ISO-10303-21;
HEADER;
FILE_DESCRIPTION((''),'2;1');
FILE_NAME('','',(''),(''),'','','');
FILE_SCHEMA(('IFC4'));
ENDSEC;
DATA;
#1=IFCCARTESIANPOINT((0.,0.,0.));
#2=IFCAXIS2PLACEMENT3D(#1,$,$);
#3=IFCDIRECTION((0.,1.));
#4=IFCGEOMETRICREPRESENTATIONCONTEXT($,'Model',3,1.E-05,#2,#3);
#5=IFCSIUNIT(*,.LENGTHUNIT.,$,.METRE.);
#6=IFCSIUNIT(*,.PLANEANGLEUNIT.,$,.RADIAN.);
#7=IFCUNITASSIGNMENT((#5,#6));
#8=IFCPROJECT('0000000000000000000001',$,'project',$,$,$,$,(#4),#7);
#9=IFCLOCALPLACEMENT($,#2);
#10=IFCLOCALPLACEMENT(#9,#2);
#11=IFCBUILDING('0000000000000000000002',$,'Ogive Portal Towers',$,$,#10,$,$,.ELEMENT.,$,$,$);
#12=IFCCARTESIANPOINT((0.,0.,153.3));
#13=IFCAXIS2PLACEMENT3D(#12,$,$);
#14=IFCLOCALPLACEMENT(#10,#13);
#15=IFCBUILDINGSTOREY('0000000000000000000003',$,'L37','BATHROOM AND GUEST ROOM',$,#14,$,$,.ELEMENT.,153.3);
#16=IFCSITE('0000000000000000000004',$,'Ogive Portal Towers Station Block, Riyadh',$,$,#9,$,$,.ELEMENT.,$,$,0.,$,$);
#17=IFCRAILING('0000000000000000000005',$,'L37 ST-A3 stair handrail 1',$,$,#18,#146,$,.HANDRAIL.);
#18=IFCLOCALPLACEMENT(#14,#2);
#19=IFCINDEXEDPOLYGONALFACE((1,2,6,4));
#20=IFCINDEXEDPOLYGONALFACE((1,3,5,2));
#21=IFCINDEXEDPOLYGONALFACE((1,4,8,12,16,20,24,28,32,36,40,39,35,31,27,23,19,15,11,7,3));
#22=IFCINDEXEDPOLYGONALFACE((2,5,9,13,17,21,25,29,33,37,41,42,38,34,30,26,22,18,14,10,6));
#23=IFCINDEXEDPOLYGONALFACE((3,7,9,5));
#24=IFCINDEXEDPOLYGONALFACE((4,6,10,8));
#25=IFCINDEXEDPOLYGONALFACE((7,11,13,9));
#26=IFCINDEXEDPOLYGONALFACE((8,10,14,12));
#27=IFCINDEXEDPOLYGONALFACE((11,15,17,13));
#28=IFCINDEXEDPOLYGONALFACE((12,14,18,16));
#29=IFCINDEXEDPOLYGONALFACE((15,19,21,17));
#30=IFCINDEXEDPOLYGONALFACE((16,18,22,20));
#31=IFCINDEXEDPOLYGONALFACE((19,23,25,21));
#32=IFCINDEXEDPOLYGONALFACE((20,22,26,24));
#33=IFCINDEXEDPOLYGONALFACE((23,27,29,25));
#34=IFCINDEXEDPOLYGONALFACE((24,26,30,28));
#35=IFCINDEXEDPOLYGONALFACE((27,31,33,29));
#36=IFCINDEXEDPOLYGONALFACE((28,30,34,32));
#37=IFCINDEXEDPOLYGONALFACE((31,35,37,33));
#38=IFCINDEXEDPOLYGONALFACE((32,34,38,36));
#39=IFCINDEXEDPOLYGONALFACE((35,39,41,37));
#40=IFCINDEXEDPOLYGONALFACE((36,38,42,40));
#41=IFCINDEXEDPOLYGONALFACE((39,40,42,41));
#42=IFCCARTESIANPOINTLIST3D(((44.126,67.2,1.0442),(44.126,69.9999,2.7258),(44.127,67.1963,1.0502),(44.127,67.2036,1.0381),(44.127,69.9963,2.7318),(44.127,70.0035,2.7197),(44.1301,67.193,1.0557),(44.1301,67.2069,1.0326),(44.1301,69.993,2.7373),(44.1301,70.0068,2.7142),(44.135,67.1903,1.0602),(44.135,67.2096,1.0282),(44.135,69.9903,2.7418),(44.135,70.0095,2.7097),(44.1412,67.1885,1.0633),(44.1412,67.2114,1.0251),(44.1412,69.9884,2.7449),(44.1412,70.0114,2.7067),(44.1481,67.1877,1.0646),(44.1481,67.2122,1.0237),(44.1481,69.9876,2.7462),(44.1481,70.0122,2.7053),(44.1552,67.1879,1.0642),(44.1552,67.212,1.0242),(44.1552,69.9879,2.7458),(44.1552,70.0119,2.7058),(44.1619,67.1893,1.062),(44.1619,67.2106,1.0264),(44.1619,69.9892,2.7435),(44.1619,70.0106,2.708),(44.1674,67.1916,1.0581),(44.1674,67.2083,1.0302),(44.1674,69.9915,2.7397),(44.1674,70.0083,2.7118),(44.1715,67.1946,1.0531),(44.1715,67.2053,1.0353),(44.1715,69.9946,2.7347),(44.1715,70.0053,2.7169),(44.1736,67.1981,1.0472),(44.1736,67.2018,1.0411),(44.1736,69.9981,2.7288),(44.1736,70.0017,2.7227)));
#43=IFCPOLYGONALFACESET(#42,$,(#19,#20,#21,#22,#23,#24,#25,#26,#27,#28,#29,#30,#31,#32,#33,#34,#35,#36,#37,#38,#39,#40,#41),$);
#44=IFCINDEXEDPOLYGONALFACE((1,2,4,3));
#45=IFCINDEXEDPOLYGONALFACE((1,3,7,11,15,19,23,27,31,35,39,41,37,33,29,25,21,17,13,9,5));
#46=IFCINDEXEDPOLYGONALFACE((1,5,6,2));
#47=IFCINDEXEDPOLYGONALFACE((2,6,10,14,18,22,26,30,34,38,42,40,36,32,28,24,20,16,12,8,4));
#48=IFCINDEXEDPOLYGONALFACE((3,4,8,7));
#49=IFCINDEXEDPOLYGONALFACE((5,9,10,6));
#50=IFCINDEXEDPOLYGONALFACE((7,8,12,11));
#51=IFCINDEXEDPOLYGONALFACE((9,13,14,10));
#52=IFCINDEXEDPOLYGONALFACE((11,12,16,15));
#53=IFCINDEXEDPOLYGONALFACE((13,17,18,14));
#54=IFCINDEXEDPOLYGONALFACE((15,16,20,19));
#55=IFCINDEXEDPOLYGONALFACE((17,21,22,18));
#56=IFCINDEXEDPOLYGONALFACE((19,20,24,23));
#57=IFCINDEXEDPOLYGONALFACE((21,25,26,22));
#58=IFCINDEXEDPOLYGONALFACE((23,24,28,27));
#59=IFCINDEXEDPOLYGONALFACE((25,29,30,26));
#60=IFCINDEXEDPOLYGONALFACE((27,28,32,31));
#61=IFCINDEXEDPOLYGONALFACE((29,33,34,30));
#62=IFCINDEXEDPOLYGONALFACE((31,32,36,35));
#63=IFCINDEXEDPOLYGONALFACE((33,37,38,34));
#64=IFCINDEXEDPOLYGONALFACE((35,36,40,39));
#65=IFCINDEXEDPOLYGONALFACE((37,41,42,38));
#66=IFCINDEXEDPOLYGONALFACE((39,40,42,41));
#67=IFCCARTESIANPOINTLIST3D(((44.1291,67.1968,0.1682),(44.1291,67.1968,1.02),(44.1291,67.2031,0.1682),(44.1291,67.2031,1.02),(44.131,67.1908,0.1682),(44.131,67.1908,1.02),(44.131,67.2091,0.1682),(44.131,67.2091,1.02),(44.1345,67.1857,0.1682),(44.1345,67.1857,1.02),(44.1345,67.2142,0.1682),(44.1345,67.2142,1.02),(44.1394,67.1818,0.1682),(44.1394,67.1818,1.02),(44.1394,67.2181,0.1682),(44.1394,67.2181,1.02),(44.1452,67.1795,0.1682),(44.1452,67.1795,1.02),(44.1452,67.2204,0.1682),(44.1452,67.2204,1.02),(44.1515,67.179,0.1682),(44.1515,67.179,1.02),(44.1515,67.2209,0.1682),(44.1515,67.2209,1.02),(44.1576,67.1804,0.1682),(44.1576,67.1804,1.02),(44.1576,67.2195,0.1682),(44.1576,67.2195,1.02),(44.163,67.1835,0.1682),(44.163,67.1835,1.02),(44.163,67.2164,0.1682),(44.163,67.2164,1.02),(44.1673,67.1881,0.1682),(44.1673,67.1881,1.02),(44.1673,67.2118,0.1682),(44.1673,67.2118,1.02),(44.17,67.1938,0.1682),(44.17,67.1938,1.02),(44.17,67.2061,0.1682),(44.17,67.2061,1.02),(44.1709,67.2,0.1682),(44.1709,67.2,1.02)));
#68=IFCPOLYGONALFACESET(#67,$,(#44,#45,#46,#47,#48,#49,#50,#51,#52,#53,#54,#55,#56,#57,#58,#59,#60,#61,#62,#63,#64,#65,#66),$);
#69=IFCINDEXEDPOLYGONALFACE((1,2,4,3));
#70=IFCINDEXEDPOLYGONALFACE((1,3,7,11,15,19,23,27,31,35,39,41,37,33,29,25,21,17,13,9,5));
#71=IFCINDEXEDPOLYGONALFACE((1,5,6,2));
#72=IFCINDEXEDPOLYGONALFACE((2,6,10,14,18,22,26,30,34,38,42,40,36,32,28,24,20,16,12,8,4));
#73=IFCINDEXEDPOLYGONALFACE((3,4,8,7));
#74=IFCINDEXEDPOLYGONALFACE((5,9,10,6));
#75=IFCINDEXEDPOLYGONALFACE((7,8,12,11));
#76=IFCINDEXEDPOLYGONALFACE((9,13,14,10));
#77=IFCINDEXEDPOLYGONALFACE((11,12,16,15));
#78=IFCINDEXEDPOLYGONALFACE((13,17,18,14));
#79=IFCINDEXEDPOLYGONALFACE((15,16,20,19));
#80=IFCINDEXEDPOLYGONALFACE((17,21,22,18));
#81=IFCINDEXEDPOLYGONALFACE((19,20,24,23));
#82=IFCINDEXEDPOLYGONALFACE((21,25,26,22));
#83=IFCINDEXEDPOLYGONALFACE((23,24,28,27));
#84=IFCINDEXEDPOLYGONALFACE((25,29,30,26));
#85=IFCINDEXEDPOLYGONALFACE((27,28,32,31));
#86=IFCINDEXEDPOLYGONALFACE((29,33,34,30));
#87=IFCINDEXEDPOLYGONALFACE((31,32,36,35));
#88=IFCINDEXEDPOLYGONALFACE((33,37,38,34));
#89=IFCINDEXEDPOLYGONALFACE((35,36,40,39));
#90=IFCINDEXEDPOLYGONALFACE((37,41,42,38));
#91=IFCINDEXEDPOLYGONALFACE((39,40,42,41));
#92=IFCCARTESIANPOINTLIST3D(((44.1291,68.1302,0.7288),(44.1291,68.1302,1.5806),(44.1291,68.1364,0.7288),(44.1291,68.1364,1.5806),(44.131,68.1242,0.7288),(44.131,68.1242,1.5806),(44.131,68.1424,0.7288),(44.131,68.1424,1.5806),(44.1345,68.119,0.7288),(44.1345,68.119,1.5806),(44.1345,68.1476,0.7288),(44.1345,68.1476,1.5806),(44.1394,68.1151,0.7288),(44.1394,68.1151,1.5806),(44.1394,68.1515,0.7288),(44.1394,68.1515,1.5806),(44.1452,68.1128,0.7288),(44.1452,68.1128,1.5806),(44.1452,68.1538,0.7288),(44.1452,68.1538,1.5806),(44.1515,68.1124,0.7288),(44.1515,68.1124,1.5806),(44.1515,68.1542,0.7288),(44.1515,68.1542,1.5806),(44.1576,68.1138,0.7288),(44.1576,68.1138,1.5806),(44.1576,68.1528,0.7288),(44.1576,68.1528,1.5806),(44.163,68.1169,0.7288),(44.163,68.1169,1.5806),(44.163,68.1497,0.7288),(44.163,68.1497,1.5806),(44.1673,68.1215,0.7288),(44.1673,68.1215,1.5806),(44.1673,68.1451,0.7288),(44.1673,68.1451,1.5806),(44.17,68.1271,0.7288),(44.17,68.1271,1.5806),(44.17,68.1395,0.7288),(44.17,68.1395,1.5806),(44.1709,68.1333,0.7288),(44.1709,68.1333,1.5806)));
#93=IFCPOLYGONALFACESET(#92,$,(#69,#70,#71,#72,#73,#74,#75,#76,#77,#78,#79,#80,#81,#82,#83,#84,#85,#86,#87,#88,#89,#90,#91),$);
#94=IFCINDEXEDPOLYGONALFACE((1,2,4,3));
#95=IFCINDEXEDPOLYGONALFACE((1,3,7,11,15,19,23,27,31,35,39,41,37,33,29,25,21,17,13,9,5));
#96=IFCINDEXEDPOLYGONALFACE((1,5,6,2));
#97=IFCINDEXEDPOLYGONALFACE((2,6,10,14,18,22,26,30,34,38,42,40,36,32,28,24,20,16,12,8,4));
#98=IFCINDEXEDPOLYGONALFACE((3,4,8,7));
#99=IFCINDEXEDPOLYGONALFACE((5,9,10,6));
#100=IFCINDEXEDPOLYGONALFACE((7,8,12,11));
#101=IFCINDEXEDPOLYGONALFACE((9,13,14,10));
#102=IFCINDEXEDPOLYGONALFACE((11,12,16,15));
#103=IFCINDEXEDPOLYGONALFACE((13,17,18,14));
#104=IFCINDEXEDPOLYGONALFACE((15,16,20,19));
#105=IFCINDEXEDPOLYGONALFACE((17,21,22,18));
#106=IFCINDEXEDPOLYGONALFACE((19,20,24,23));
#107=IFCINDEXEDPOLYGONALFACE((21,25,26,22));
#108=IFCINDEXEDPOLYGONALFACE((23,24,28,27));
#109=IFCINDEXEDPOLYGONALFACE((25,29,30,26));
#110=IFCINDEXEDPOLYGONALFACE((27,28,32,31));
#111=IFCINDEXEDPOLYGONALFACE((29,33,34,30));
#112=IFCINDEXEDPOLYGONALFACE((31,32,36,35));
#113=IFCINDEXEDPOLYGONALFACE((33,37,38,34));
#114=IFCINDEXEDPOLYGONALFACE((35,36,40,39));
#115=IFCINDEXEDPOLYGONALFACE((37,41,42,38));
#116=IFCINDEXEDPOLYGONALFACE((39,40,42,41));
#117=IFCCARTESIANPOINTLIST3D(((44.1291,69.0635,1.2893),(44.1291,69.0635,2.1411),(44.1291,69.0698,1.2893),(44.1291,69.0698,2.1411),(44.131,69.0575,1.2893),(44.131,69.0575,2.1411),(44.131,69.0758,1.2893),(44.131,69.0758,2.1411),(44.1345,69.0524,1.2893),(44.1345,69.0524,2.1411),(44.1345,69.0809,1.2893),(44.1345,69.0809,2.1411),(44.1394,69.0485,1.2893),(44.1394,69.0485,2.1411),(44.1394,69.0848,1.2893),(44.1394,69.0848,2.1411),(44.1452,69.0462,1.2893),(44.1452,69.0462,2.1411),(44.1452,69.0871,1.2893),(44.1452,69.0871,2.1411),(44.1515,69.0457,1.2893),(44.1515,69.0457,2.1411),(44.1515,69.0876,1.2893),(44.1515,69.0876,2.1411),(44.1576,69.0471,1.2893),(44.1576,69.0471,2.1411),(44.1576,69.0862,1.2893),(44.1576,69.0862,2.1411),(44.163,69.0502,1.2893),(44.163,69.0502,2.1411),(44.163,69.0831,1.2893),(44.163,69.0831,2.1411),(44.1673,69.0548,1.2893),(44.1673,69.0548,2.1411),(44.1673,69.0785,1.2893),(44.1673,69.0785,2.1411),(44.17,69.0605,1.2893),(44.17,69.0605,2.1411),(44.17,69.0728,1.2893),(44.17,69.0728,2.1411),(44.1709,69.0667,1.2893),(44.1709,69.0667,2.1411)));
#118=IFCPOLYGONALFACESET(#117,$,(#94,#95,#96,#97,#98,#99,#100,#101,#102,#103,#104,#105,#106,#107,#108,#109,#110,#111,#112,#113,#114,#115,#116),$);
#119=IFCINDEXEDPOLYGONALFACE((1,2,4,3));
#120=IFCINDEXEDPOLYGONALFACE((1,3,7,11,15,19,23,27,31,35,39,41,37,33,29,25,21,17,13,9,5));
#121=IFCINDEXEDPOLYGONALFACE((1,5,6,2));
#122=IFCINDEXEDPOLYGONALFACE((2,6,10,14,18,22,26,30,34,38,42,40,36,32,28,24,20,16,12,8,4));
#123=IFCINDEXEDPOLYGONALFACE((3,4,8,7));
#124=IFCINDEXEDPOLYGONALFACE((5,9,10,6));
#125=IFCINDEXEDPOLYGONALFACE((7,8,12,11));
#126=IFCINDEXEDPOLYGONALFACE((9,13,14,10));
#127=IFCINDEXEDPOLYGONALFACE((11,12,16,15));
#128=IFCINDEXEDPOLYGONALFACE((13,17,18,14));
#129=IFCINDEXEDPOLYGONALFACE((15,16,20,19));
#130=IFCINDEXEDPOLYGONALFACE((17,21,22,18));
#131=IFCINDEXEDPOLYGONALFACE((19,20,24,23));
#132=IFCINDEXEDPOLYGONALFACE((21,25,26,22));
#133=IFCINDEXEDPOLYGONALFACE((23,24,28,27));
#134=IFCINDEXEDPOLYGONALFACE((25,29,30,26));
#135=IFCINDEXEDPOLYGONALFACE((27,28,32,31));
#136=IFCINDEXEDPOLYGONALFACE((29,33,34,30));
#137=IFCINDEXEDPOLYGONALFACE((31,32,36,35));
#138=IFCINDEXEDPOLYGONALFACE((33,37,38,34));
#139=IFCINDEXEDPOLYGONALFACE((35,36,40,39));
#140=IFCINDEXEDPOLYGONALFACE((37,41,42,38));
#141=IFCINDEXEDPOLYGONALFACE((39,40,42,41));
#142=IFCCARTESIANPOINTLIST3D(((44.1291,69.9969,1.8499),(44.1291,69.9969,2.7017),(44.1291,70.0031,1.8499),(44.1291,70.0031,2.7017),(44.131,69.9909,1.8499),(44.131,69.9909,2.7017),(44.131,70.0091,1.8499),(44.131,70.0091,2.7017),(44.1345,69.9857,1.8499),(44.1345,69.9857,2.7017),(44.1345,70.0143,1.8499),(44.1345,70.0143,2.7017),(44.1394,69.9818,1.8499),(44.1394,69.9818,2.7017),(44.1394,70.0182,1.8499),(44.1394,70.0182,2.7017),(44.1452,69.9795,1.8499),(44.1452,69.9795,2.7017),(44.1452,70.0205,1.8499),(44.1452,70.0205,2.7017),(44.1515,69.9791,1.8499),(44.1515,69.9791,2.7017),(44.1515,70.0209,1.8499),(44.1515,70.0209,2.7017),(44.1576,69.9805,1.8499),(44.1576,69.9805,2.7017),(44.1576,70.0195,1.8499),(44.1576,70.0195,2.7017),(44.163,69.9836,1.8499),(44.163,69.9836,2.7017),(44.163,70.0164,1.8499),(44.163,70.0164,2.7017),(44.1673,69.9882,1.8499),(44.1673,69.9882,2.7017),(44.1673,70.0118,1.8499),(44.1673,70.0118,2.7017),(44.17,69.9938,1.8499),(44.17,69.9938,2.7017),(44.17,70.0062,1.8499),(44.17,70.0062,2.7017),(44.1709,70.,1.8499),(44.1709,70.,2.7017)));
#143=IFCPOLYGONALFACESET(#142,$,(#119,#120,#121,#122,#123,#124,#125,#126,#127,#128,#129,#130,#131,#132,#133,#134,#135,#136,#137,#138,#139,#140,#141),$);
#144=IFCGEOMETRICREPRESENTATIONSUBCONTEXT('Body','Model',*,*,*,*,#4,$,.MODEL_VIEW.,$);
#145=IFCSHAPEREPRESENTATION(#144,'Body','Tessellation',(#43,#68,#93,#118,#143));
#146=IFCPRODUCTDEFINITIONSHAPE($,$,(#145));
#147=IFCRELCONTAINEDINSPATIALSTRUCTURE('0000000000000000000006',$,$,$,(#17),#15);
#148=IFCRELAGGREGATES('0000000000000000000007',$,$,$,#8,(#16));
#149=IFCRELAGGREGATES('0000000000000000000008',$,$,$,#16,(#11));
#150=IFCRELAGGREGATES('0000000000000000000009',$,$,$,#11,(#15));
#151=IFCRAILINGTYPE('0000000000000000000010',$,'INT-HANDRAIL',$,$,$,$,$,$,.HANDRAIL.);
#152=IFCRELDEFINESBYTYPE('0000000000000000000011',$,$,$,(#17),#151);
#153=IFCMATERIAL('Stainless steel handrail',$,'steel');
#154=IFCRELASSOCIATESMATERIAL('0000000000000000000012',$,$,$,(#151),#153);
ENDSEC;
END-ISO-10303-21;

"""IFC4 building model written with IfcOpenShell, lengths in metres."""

from ifc_helpers import new_model, si_unit, direction, frame, origin, origin_2d, place, context, subcontext, project, spatial, circle, extrude, material, type_object, element, save


model = new_model("IFC4")

# Units and contexts
model_context = context("Model", 3, precision=1e-05, world=origin(), true_north=direction((0.0, 1.0)))
body_context = subcontext(model_context, "Body", "Model", "MODEL_VIEW")
ifc_project = project(units=[si_unit("LENGTHUNIT", "METRE"), si_unit("PLANEANGLEUNIT", "RADIAN")], contexts=[model_context])

# Site, building, storey
site_placement = place(None, origin())
site = spatial("IfcSite", under=ifc_project, at=site_placement, Name="Ogive Portal Towers Station Block, Riyadh", CompositionType="ELEMENT", RefElevation=0.0)
building_placement = place(site_placement, origin())
building = spatial("IfcBuilding", under=site, at=building_placement, Name="Ogive Portal Towers", CompositionType="ELEMENT")
storey_placement = place(building_placement, frame((0.0, 0.0, 153.3)))
storey = spatial("IfcBuildingStorey", under=building, at=storey_placement, Name="L37", Description="BATHROOM AND GUEST ROOM", CompositionType="ELEMENT", Elevation=153.3)

# Railing
ifc_material_1 = material(Name="Stainless steel handrail", Category="steel")
railing_type_1 = type_object("IfcRailingType", Name="INT-HANDRAIL", PredefinedType="HANDRAIL", material=ifc_material_1)
railing_1_placement = place(storey_placement, frame((44.1499, 67.2, 0.1682)))
element("IfcRailing", 1, at=railing_1_placement, inside=storey, type_object=railing_type_1, Name="L37 ST-A3 stair handrail 1", PredefinedType="HANDRAIL", context=body_context, shape_type="SweptSolid", body=[
    extrude(circle(Radius=0.0239, at=origin_2d()), frame((0.0, 0.0, 0.876), z_axis=(0.0, 0.857275, 0.514858), x_axis=(-1.0, 0.0, 0.0)), (0.0, 0.0, 1.0), 3.2661),
    extrude(circle(Radius=0.021, at=origin_2d()), origin(), (0.0, 0.0, 1.0), 0.8518),
    extrude(circle(Radius=0.021, at=origin_2d()), frame((0.0, 0.9333, 0.5605)), (0.0, 0.0, 1.0), 0.8518),
    extrude(circle(Radius=0.021, at=origin_2d()), frame((0.0, 1.8667, 1.1211)), (0.0, 0.0, 1.0), 0.8518),
    extrude(circle(Radius=0.021, at=origin_2d()), frame((0.0, 2.8, 1.6816)), (0.0, 0.0, 1.0), 0.8518),
])

save(model, "model.ifc")
